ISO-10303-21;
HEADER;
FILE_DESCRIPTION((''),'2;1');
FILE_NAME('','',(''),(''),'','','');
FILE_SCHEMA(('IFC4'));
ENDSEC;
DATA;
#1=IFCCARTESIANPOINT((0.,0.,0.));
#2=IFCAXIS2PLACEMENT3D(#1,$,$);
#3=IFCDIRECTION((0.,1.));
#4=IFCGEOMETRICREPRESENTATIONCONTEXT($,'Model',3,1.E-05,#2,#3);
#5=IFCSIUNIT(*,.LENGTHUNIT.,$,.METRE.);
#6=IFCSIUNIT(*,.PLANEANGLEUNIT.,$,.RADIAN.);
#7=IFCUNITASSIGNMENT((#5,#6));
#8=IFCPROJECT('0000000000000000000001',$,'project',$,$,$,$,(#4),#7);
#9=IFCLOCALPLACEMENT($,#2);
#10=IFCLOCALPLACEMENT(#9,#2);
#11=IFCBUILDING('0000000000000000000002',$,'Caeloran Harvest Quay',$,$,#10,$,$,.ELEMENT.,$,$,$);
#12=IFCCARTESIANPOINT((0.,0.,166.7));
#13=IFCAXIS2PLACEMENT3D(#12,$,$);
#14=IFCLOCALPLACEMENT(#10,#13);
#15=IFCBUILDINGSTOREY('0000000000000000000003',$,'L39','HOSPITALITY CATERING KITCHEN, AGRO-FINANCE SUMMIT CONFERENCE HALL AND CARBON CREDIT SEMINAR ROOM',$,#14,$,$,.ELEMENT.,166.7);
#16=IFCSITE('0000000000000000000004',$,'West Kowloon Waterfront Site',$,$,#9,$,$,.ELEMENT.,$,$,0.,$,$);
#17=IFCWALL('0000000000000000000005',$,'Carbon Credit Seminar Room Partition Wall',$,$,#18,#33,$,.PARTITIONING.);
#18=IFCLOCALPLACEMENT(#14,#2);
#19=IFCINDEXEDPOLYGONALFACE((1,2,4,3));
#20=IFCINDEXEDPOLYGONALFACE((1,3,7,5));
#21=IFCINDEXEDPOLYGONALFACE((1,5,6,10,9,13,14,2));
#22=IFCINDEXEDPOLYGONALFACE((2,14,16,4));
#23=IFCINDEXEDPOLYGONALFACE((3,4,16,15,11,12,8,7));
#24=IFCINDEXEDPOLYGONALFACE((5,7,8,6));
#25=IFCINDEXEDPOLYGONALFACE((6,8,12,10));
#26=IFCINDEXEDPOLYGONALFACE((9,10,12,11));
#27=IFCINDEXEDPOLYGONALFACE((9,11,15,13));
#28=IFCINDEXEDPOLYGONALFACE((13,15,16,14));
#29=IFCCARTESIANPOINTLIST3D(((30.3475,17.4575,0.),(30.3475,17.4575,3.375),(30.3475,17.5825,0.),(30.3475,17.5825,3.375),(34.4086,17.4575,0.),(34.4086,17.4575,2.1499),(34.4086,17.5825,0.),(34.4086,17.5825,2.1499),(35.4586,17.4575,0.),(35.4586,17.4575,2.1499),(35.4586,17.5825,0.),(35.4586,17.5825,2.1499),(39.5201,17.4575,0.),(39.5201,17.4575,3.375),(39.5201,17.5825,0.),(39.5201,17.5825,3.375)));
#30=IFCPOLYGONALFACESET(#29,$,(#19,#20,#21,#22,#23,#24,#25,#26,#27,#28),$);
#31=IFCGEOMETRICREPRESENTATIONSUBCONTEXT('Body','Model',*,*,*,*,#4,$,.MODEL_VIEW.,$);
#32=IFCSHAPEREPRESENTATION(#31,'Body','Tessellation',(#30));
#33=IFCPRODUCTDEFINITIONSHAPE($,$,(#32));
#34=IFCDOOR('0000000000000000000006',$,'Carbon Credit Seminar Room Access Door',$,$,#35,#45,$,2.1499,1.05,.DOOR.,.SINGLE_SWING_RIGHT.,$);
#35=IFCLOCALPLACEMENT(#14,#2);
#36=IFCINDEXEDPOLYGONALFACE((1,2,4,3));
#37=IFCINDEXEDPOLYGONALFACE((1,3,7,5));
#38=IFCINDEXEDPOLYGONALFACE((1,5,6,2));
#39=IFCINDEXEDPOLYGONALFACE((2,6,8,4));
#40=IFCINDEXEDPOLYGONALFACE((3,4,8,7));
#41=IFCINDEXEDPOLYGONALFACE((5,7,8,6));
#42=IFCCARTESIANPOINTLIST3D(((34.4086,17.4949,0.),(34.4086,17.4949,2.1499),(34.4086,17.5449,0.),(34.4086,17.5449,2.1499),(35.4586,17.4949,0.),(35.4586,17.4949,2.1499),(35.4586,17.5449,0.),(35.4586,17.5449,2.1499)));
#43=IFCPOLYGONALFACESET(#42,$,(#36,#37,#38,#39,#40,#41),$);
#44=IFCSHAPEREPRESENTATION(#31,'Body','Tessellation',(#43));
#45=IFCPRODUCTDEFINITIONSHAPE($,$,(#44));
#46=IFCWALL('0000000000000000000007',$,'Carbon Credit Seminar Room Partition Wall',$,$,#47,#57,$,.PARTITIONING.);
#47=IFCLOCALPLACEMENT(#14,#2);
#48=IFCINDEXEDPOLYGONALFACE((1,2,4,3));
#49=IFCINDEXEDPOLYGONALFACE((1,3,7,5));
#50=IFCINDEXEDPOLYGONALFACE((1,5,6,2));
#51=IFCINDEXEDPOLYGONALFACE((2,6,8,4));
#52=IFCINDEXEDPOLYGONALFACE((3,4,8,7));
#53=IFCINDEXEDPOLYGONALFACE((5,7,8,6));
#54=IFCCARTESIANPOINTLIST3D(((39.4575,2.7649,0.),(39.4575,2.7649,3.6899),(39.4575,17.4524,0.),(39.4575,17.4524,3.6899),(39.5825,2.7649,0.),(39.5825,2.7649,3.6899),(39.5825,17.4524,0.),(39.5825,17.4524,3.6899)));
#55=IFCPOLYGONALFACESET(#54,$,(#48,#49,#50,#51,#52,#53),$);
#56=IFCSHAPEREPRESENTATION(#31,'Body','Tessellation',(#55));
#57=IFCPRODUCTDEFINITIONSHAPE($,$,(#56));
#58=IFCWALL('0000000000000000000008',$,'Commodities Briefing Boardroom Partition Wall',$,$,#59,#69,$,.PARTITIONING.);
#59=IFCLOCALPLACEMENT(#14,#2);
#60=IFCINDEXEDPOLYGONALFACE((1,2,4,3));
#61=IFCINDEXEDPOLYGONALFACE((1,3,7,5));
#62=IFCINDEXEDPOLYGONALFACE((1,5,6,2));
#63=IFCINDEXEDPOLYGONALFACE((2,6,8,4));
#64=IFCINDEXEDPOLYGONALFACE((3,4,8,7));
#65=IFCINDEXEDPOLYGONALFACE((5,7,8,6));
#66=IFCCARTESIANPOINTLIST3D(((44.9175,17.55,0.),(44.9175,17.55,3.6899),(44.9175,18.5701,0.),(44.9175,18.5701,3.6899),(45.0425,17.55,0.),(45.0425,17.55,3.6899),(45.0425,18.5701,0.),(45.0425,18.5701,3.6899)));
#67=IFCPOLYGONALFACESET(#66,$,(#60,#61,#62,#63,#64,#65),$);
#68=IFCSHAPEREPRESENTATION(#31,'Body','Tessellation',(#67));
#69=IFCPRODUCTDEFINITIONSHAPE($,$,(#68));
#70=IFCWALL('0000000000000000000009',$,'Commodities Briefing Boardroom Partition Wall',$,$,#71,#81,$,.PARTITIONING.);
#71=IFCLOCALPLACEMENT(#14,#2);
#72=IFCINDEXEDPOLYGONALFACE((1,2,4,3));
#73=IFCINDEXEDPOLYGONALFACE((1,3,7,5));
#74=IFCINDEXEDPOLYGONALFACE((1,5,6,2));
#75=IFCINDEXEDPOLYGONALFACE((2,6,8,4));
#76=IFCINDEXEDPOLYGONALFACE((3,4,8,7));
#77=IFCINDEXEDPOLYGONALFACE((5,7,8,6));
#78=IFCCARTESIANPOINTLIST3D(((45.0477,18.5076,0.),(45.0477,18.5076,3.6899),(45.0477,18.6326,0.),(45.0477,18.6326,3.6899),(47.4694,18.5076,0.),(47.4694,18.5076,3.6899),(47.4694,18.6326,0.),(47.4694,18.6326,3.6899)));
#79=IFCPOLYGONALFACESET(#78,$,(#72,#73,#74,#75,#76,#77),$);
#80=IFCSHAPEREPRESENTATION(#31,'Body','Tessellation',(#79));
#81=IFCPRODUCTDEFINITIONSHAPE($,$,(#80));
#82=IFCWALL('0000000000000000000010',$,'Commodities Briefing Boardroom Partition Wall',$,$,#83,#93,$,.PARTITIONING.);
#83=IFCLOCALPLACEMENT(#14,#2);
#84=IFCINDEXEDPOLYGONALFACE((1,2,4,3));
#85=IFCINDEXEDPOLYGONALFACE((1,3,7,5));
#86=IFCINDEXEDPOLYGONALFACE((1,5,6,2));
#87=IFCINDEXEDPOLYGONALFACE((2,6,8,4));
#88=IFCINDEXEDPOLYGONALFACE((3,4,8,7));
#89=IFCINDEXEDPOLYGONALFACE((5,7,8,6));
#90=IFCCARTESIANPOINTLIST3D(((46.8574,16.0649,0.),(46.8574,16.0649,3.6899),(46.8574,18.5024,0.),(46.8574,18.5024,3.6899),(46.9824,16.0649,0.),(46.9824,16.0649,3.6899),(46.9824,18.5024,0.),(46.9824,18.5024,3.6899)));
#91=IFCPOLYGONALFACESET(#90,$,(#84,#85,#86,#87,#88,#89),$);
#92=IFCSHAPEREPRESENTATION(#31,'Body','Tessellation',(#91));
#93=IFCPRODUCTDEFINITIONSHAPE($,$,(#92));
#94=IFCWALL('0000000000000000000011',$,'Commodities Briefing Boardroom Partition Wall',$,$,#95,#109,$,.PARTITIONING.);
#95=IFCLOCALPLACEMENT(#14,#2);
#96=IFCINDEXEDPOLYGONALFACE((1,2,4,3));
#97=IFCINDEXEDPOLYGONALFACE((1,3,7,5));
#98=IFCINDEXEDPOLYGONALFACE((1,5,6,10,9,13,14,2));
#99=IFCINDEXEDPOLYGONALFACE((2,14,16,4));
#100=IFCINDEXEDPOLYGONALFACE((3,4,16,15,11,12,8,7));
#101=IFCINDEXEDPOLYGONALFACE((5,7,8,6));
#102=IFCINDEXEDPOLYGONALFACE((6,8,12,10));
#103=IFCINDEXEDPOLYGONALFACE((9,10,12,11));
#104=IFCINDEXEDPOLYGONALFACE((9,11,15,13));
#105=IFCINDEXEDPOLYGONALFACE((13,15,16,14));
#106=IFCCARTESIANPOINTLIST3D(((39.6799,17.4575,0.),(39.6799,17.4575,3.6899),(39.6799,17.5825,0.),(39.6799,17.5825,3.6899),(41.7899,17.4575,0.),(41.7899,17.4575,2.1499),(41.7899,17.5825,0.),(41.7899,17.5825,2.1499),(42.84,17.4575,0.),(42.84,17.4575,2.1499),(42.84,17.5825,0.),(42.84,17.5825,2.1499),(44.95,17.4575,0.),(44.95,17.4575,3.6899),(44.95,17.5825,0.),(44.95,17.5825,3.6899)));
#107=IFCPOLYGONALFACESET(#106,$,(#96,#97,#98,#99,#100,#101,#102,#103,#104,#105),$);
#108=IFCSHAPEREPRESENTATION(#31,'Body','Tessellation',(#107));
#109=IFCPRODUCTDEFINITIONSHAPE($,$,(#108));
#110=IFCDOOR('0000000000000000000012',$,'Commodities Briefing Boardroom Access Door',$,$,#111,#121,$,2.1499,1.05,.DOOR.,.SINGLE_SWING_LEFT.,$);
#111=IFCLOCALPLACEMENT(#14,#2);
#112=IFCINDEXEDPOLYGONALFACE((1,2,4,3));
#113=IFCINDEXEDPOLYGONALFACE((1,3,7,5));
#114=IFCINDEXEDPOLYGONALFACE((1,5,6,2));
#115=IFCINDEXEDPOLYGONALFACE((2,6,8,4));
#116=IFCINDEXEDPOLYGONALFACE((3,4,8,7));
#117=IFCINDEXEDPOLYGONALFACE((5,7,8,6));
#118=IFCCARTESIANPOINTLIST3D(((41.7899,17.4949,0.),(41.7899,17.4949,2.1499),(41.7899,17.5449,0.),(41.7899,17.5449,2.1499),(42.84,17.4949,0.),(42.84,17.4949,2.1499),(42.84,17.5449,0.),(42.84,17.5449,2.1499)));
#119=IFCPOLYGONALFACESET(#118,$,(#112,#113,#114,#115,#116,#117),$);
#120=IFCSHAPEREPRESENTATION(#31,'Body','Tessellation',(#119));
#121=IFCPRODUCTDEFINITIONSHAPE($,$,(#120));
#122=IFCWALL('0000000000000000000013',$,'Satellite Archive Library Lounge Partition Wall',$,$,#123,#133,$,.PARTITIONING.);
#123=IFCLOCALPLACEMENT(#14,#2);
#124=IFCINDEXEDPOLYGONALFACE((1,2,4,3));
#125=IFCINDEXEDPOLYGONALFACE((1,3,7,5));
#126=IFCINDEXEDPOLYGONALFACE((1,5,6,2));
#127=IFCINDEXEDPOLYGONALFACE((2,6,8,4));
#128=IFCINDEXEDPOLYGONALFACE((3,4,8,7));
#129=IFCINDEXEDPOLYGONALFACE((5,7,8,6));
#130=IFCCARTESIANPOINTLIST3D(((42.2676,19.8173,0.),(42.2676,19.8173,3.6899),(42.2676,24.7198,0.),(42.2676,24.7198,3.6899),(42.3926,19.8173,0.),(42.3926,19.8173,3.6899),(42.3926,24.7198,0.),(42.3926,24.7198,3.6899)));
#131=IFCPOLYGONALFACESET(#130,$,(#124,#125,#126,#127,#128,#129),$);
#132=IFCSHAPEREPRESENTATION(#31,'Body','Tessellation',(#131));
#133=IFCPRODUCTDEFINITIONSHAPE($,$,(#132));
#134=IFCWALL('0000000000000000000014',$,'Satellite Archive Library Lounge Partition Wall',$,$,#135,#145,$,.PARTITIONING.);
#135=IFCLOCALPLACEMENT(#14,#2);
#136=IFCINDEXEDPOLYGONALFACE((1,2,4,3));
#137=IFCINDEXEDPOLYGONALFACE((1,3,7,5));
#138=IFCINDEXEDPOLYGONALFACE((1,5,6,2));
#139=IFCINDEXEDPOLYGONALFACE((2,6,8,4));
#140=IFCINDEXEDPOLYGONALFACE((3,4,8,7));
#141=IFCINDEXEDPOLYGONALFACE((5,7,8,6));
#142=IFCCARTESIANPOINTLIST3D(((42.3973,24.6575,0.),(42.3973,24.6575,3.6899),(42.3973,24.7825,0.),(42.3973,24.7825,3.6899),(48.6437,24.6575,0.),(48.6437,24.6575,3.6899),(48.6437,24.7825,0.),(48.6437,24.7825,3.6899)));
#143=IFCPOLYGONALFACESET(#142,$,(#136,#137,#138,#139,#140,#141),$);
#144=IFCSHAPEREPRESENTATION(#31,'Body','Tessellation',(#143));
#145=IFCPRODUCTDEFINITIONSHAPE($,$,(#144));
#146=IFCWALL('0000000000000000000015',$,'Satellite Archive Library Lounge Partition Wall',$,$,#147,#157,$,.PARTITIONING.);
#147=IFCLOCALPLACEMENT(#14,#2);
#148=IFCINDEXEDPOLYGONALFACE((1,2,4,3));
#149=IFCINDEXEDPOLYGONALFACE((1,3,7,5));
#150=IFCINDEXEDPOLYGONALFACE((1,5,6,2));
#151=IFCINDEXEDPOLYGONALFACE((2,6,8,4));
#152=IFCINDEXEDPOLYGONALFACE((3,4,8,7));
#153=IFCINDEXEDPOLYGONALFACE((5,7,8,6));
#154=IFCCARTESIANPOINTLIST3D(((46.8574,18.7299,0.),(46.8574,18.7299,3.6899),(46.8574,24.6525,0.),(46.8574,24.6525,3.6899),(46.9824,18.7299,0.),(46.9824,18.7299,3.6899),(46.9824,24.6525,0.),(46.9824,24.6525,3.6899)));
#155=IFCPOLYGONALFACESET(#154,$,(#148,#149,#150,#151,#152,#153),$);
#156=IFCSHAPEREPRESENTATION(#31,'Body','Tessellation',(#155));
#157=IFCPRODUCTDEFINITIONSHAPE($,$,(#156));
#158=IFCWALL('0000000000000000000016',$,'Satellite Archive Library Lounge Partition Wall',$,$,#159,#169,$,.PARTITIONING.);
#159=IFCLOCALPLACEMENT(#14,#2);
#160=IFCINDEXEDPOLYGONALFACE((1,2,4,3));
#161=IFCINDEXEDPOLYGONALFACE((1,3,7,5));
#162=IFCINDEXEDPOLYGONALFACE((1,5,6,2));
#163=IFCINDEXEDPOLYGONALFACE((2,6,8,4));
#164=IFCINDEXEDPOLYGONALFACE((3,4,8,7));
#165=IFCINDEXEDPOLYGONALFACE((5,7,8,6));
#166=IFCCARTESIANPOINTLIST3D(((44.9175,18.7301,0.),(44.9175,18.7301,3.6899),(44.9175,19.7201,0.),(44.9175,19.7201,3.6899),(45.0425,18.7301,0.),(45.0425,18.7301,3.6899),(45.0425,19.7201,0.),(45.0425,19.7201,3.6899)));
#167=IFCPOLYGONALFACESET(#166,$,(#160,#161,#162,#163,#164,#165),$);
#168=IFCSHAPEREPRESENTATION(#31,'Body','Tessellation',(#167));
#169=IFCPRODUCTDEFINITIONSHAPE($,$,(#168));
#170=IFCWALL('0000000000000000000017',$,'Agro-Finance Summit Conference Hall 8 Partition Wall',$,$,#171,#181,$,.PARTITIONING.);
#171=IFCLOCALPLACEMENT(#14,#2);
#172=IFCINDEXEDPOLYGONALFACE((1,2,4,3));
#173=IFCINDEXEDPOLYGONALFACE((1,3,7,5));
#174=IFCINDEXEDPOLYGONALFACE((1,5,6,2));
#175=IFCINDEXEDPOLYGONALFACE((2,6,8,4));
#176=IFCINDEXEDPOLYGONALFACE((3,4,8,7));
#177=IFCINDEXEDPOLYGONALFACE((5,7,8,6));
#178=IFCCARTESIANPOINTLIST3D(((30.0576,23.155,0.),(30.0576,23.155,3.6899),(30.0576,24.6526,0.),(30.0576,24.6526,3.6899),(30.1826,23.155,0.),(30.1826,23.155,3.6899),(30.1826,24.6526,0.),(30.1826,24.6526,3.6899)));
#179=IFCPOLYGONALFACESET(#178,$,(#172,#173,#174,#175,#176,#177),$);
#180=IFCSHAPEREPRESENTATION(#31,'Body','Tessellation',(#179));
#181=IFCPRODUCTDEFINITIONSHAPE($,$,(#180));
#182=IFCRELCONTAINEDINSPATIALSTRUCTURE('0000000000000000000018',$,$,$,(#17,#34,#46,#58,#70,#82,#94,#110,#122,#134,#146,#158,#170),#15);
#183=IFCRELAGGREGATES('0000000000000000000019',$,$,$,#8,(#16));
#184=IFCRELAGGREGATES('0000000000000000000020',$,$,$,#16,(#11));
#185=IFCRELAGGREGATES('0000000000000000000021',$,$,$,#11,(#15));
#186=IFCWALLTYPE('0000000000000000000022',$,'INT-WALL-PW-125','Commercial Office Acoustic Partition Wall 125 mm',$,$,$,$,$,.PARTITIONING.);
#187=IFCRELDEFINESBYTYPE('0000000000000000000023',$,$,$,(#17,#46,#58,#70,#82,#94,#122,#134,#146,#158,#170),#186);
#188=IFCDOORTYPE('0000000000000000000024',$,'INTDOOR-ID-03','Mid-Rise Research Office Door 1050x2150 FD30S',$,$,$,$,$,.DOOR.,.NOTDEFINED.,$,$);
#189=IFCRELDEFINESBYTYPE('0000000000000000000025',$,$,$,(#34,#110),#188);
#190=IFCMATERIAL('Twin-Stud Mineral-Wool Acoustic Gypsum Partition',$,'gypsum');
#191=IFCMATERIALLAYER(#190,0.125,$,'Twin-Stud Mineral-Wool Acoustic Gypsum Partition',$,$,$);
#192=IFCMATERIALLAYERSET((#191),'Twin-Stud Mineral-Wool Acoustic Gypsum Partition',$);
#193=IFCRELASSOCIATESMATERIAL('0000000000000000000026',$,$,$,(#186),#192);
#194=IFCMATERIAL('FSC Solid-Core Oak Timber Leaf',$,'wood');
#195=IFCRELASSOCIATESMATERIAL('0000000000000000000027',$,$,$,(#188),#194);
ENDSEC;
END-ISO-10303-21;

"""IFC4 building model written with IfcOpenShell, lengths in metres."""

from ifc_helpers import new_model, si_unit, direction, frame, frame_2d, origin, place, context, subcontext, project, spatial, rectangle, extrude, material, layer, layer_set, type_object, element, fill, save


model = new_model("IFC4")

# Units and contexts
model_context = context("Model", 3, precision=1e-05, world=origin(), true_north=direction((0.0, 1.0)))
body_context = subcontext(model_context, "Body", "Model", "MODEL_VIEW")
ifc_project = project(units=[si_unit("LENGTHUNIT", "METRE"), si_unit("PLANEANGLEUNIT", "RADIAN")], contexts=[model_context])

# Site, building, storey
site_placement = place(None, origin())
site = spatial("IfcSite", under=ifc_project, at=site_placement, Name="West Kowloon Waterfront Site", CompositionType="ELEMENT", RefElevation=0.0)
building_placement = place(site_placement, origin())
building = spatial("IfcBuilding", under=site, at=building_placement, Name="Caeloran Harvest Quay", CompositionType="ELEMENT")
storey_placement = place(building_placement, frame((0.0, 0.0, 166.7)))
storey = spatial("IfcBuildingStorey", under=building, at=storey_placement, Name="L39", Description="HOSPITALITY CATERING KITCHEN, AGRO-FINANCE SUMMIT CONFERENCE HALL AND CARBON CREDIT SEMINAR ROOM", CompositionType="ELEMENT", Elevation=166.7)

# Wall, opening, door
ifc_material_1 = material(Name="Twin-Stud Mineral-Wool Acoustic Gypsum Partition", Category="gypsum")
ifc_layer_1 = layer(ifc_material_1, 0.125, Name="Twin-Stud Mineral-Wool Acoustic Gypsum Partition")
ifc_layer_set_1 = layer_set([ifc_layer_1], Name="Twin-Stud Mineral-Wool Acoustic Gypsum Partition")
wall_type_1 = type_object("IfcWallType", Name="INT-WALL-PW-125", Description="Commercial Office Acoustic Partition Wall 125 mm", PredefinedType="PARTITIONING", material=ifc_layer_set_1)
wall_1_placement = place(storey_placement, frame((30.3474, 17.52, 0.0), z_axis=(0.0, 0.0, 1.0), x_axis=(1.0, 0.0, 0.0)))
wall_1 = element("IfcWall", 1, at=wall_1_placement, inside=storey, type_object=wall_type_1, Name="Carbon Credit Seminar Room Partition Wall", PredefinedType="PARTITIONING", context=body_context, shape_type="SweptSolid", body=[
    extrude(rectangle(XDim=9.1726, YDim=0.125, at=frame_2d((4.5864, 0.0))), origin(), (0.0, 0.0, 1.0), 3.375),
])
opening_1_placement = place(wall_1_placement, frame((4.0613, 0.0, 0.0)))
opening_1 = element("IfcOpeningElement", 2, at=opening_1_placement, cuts=wall_1, PredefinedType="OPENING", context=body_context, shape_type="SweptSolid", body=[
    extrude(rectangle(XDim=1.05, YDim=2.1499, at=frame_2d((0.5249, 1.075))), frame((0.0, 0.0725, 0.0), z_axis=(0.0, -1.0, 0.0), x_axis=(1.0, 0.0, 0.0)), (0.0, 0.0, 1.0), 0.145),
])
ifc_material_2 = material(Name="FSC Solid-Core Oak Timber Leaf", Category="wood")
door_type = type_object("IfcDoorType", Name="INTDOOR-ID-03", Description="Mid-Rise Research Office Door 1050x2150 FD30S", OperationType="NOTDEFINED", PredefinedType="DOOR", material=ifc_material_2)
door_1_placement = place(opening_1_placement, origin())
door_1 = element("IfcDoor", 3, at=door_1_placement, inside=storey, type_object=door_type, Name="Carbon Credit Seminar Room Access Door", OperationType="SINGLE_SWING_RIGHT", OverallHeight=2.1499, OverallWidth=1.05, PredefinedType="DOOR", context=body_context, shape_type="SweptSolid", body=[
    extrude(rectangle(XDim=1.05, YDim=2.1499, at=frame_2d((0.5249, 1.075))), frame((0.0, 0.0249, 0.0), z_axis=(0.0, -1.0, 0.0), x_axis=(1.0, 0.0, 0.0)), (0.0, 0.0, 1.0), 0.05),
])
fill(opening_1, door_1)

# Walls
wall_2_placement = place(storey_placement, frame((39.52, 17.4524, 0.0), z_axis=(0.0, 0.0, 1.0), x_axis=(0.0, -1.0, 0.0)))
element("IfcWall", 4, at=wall_2_placement, inside=storey, type_object=wall_type_1, Name="Carbon Credit Seminar Room Partition Wall", PredefinedType="PARTITIONING", context=body_context, shape_type="SweptSolid", body=[
    extrude(rectangle(XDim=14.6875, YDim=0.125, at=frame_2d((7.3438, 0.0))), origin(), (0.0, 0.0, 1.0), 3.6899),
])
wall_3_placement = place(storey_placement, frame((44.98, 17.55, 0.0), z_axis=(0.0, 0.0, 1.0), x_axis=(0.0, 1.0, 0.0)))
element("IfcWall", 5, at=wall_3_placement, inside=storey, type_object=wall_type_1, Name="Commodities Briefing Boardroom Partition Wall", PredefinedType="PARTITIONING", context=body_context, shape_type="SweptSolid", body=[
    extrude(rectangle(XDim=1.02, YDim=0.125, at=frame_2d((0.51, 0.0))), origin(), (0.0, 0.0, 1.0), 3.6899),
])
wall_4_placement = place(storey_placement, frame((45.0476, 18.5701, 0.0), z_axis=(0.0, 0.0, 1.0), x_axis=(1.0, 0.0, 0.0)))
element("IfcWall", 6, at=wall_4_placement, inside=storey, type_object=wall_type_1, Name="Commodities Briefing Boardroom Partition Wall", PredefinedType="PARTITIONING", context=body_context, shape_type="SweptSolid", body=[
    extrude(rectangle(XDim=2.4216, YDim=0.125, at=frame_2d((1.2109, 0.0))), origin(), (0.0, 0.0, 1.0), 3.6899),
])
wall_5_placement = place(storey_placement, frame((46.9199, 18.5024, 0.0), z_axis=(0.0, 0.0, 1.0), x_axis=(0.0, -1.0, 0.0)))
element("IfcWall", 7, at=wall_5_placement, inside=storey, type_object=wall_type_1, Name="Commodities Briefing Boardroom Partition Wall", PredefinedType="PARTITIONING", context=body_context, shape_type="SweptSolid", body=[
    extrude(rectangle(XDim=2.4375, YDim=0.125, at=frame_2d((1.2188, 0.0))), origin(), (0.0, 0.0, 1.0), 3.6899),
])

# Wall, opening, door
wall_6_placement = place(storey_placement, frame((39.6799, 17.52, 0.0), z_axis=(0.0, 0.0, 1.0), x_axis=(1.0, 0.0, 0.0)))
wall_6 = element("IfcWall", 8, at=wall_6_placement, inside=storey, type_object=wall_type_1, Name="Commodities Briefing Boardroom Partition Wall", PredefinedType="PARTITIONING", context=body_context, shape_type="SweptSolid", body=[
    extrude(rectangle(XDim=5.27, YDim=0.125, at=frame_2d((2.635, 0.0))), origin(), (0.0, 0.0, 1.0), 3.6899),
])
opening_2_placement = place(wall_6_placement, frame((2.1101, 0.0, 0.0)))
opening_2 = element("IfcOpeningElement", 9, at=opening_2_placement, cuts=wall_6, PredefinedType="OPENING", context=body_context, shape_type="SweptSolid", body=[
    extrude(rectangle(XDim=1.05, YDim=2.1499, at=frame_2d((0.5249, 1.075))), frame((0.0, 0.0725, 0.0), z_axis=(0.0, -1.0, 0.0), x_axis=(1.0, 0.0, 0.0)), (0.0, 0.0, 1.0), 0.145),
])
door_2_placement = place(opening_2_placement, origin())
door_2 = element("IfcDoor", 10, at=door_2_placement, inside=storey, type_object=door_type, Name="Commodities Briefing Boardroom Access Door", OperationType="SINGLE_SWING_LEFT", OverallHeight=2.1499, OverallWidth=1.05, PredefinedType="DOOR", context=body_context, shape_type="SweptSolid", body=[
    extrude(rectangle(XDim=1.05, YDim=2.1499, at=frame_2d((0.5249, 1.075))), frame((0.0, 0.0249, 0.0), z_axis=(0.0, -1.0, 0.0), x_axis=(1.0, 0.0, 0.0)), (0.0, 0.0, 1.0), 0.05),
])
fill(opening_2, door_2)

# Walls
wall_7_placement = place(storey_placement, frame((42.3301, 19.8174, 0.0), z_axis=(0.0, 0.0, 1.0), x_axis=(0.0, 1.0, 0.0)))
element("IfcWall", 11, at=wall_7_placement, inside=storey, type_object=wall_type_1, Name="Satellite Archive Library Lounge Partition Wall", PredefinedType="PARTITIONING", context=body_context, shape_type="SweptSolid", body=[
    extrude(rectangle(XDim=4.9026, YDim=0.125, at=frame_2d((2.4512, 0.0))), origin(), (0.0, 0.0, 1.0), 3.6899),
])
wall_8_placement = place(storey_placement, frame((42.3975, 24.72, 0.0), z_axis=(0.0, 0.0, 1.0), x_axis=(1.0, 0.0, 0.0)))
element("IfcWall", 12, at=wall_8_placement, inside=storey, type_object=wall_type_1, Name="Satellite Archive Library Lounge Partition Wall", PredefinedType="PARTITIONING", context=body_context, shape_type="SweptSolid", body=[
    extrude(rectangle(XDim=6.2463, YDim=0.125, at=frame_2d((3.123, 0.0))), origin(), (0.0, 0.0, 1.0), 3.6899),
])
wall_9_placement = place(storey_placement, frame((46.9199, 24.6526, 0.0), z_axis=(0.0, 0.0, 1.0), x_axis=(0.0, -1.0, 0.0)))
element("IfcWall", 13, at=wall_9_placement, inside=storey, type_object=wall_type_1, Name="Satellite Archive Library Lounge Partition Wall", PredefinedType="PARTITIONING", context=body_context, shape_type="SweptSolid", body=[
    extrude(rectangle(XDim=5.9226, YDim=0.125, at=frame_2d((2.9614, 0.0))), origin(), (0.0, 0.0, 1.0), 3.6899),
])
wall_10_placement = place(storey_placement, frame((44.98, 18.73, 0.0), z_axis=(0.0, 0.0, 1.0), x_axis=(0.0, 1.0, 0.0)))
element("IfcWall", 14, at=wall_10_placement, inside=storey, type_object=wall_type_1, Name="Satellite Archive Library Lounge Partition Wall", PredefinedType="PARTITIONING", context=body_context, shape_type="SweptSolid", body=[
    extrude(rectangle(XDim=0.99, YDim=0.125, at=frame_2d((0.4951, 0.0))), origin(), (0.0, 0.0, 1.0), 3.6899),
])
wall_11_placement = place(storey_placement, frame((30.1201, 24.6526, 0.0), z_axis=(0.0, 0.0, 1.0), x_axis=(0.0, -1.0, 0.0)))
element("IfcWall", 15, at=wall_11_placement, inside=storey, type_object=wall_type_1, Name="Agro-Finance Summit Conference Hall 8 Partition Wall", PredefinedType="PARTITIONING", context=body_context, shape_type="SweptSolid", body=[
    extrude(rectangle(XDim=1.4976, YDim=0.125, at=frame_2d((0.7488, 0.0))), origin(), (0.0, 0.0, 1.0), 3.6899),
])

save(model, "model.ifc")
